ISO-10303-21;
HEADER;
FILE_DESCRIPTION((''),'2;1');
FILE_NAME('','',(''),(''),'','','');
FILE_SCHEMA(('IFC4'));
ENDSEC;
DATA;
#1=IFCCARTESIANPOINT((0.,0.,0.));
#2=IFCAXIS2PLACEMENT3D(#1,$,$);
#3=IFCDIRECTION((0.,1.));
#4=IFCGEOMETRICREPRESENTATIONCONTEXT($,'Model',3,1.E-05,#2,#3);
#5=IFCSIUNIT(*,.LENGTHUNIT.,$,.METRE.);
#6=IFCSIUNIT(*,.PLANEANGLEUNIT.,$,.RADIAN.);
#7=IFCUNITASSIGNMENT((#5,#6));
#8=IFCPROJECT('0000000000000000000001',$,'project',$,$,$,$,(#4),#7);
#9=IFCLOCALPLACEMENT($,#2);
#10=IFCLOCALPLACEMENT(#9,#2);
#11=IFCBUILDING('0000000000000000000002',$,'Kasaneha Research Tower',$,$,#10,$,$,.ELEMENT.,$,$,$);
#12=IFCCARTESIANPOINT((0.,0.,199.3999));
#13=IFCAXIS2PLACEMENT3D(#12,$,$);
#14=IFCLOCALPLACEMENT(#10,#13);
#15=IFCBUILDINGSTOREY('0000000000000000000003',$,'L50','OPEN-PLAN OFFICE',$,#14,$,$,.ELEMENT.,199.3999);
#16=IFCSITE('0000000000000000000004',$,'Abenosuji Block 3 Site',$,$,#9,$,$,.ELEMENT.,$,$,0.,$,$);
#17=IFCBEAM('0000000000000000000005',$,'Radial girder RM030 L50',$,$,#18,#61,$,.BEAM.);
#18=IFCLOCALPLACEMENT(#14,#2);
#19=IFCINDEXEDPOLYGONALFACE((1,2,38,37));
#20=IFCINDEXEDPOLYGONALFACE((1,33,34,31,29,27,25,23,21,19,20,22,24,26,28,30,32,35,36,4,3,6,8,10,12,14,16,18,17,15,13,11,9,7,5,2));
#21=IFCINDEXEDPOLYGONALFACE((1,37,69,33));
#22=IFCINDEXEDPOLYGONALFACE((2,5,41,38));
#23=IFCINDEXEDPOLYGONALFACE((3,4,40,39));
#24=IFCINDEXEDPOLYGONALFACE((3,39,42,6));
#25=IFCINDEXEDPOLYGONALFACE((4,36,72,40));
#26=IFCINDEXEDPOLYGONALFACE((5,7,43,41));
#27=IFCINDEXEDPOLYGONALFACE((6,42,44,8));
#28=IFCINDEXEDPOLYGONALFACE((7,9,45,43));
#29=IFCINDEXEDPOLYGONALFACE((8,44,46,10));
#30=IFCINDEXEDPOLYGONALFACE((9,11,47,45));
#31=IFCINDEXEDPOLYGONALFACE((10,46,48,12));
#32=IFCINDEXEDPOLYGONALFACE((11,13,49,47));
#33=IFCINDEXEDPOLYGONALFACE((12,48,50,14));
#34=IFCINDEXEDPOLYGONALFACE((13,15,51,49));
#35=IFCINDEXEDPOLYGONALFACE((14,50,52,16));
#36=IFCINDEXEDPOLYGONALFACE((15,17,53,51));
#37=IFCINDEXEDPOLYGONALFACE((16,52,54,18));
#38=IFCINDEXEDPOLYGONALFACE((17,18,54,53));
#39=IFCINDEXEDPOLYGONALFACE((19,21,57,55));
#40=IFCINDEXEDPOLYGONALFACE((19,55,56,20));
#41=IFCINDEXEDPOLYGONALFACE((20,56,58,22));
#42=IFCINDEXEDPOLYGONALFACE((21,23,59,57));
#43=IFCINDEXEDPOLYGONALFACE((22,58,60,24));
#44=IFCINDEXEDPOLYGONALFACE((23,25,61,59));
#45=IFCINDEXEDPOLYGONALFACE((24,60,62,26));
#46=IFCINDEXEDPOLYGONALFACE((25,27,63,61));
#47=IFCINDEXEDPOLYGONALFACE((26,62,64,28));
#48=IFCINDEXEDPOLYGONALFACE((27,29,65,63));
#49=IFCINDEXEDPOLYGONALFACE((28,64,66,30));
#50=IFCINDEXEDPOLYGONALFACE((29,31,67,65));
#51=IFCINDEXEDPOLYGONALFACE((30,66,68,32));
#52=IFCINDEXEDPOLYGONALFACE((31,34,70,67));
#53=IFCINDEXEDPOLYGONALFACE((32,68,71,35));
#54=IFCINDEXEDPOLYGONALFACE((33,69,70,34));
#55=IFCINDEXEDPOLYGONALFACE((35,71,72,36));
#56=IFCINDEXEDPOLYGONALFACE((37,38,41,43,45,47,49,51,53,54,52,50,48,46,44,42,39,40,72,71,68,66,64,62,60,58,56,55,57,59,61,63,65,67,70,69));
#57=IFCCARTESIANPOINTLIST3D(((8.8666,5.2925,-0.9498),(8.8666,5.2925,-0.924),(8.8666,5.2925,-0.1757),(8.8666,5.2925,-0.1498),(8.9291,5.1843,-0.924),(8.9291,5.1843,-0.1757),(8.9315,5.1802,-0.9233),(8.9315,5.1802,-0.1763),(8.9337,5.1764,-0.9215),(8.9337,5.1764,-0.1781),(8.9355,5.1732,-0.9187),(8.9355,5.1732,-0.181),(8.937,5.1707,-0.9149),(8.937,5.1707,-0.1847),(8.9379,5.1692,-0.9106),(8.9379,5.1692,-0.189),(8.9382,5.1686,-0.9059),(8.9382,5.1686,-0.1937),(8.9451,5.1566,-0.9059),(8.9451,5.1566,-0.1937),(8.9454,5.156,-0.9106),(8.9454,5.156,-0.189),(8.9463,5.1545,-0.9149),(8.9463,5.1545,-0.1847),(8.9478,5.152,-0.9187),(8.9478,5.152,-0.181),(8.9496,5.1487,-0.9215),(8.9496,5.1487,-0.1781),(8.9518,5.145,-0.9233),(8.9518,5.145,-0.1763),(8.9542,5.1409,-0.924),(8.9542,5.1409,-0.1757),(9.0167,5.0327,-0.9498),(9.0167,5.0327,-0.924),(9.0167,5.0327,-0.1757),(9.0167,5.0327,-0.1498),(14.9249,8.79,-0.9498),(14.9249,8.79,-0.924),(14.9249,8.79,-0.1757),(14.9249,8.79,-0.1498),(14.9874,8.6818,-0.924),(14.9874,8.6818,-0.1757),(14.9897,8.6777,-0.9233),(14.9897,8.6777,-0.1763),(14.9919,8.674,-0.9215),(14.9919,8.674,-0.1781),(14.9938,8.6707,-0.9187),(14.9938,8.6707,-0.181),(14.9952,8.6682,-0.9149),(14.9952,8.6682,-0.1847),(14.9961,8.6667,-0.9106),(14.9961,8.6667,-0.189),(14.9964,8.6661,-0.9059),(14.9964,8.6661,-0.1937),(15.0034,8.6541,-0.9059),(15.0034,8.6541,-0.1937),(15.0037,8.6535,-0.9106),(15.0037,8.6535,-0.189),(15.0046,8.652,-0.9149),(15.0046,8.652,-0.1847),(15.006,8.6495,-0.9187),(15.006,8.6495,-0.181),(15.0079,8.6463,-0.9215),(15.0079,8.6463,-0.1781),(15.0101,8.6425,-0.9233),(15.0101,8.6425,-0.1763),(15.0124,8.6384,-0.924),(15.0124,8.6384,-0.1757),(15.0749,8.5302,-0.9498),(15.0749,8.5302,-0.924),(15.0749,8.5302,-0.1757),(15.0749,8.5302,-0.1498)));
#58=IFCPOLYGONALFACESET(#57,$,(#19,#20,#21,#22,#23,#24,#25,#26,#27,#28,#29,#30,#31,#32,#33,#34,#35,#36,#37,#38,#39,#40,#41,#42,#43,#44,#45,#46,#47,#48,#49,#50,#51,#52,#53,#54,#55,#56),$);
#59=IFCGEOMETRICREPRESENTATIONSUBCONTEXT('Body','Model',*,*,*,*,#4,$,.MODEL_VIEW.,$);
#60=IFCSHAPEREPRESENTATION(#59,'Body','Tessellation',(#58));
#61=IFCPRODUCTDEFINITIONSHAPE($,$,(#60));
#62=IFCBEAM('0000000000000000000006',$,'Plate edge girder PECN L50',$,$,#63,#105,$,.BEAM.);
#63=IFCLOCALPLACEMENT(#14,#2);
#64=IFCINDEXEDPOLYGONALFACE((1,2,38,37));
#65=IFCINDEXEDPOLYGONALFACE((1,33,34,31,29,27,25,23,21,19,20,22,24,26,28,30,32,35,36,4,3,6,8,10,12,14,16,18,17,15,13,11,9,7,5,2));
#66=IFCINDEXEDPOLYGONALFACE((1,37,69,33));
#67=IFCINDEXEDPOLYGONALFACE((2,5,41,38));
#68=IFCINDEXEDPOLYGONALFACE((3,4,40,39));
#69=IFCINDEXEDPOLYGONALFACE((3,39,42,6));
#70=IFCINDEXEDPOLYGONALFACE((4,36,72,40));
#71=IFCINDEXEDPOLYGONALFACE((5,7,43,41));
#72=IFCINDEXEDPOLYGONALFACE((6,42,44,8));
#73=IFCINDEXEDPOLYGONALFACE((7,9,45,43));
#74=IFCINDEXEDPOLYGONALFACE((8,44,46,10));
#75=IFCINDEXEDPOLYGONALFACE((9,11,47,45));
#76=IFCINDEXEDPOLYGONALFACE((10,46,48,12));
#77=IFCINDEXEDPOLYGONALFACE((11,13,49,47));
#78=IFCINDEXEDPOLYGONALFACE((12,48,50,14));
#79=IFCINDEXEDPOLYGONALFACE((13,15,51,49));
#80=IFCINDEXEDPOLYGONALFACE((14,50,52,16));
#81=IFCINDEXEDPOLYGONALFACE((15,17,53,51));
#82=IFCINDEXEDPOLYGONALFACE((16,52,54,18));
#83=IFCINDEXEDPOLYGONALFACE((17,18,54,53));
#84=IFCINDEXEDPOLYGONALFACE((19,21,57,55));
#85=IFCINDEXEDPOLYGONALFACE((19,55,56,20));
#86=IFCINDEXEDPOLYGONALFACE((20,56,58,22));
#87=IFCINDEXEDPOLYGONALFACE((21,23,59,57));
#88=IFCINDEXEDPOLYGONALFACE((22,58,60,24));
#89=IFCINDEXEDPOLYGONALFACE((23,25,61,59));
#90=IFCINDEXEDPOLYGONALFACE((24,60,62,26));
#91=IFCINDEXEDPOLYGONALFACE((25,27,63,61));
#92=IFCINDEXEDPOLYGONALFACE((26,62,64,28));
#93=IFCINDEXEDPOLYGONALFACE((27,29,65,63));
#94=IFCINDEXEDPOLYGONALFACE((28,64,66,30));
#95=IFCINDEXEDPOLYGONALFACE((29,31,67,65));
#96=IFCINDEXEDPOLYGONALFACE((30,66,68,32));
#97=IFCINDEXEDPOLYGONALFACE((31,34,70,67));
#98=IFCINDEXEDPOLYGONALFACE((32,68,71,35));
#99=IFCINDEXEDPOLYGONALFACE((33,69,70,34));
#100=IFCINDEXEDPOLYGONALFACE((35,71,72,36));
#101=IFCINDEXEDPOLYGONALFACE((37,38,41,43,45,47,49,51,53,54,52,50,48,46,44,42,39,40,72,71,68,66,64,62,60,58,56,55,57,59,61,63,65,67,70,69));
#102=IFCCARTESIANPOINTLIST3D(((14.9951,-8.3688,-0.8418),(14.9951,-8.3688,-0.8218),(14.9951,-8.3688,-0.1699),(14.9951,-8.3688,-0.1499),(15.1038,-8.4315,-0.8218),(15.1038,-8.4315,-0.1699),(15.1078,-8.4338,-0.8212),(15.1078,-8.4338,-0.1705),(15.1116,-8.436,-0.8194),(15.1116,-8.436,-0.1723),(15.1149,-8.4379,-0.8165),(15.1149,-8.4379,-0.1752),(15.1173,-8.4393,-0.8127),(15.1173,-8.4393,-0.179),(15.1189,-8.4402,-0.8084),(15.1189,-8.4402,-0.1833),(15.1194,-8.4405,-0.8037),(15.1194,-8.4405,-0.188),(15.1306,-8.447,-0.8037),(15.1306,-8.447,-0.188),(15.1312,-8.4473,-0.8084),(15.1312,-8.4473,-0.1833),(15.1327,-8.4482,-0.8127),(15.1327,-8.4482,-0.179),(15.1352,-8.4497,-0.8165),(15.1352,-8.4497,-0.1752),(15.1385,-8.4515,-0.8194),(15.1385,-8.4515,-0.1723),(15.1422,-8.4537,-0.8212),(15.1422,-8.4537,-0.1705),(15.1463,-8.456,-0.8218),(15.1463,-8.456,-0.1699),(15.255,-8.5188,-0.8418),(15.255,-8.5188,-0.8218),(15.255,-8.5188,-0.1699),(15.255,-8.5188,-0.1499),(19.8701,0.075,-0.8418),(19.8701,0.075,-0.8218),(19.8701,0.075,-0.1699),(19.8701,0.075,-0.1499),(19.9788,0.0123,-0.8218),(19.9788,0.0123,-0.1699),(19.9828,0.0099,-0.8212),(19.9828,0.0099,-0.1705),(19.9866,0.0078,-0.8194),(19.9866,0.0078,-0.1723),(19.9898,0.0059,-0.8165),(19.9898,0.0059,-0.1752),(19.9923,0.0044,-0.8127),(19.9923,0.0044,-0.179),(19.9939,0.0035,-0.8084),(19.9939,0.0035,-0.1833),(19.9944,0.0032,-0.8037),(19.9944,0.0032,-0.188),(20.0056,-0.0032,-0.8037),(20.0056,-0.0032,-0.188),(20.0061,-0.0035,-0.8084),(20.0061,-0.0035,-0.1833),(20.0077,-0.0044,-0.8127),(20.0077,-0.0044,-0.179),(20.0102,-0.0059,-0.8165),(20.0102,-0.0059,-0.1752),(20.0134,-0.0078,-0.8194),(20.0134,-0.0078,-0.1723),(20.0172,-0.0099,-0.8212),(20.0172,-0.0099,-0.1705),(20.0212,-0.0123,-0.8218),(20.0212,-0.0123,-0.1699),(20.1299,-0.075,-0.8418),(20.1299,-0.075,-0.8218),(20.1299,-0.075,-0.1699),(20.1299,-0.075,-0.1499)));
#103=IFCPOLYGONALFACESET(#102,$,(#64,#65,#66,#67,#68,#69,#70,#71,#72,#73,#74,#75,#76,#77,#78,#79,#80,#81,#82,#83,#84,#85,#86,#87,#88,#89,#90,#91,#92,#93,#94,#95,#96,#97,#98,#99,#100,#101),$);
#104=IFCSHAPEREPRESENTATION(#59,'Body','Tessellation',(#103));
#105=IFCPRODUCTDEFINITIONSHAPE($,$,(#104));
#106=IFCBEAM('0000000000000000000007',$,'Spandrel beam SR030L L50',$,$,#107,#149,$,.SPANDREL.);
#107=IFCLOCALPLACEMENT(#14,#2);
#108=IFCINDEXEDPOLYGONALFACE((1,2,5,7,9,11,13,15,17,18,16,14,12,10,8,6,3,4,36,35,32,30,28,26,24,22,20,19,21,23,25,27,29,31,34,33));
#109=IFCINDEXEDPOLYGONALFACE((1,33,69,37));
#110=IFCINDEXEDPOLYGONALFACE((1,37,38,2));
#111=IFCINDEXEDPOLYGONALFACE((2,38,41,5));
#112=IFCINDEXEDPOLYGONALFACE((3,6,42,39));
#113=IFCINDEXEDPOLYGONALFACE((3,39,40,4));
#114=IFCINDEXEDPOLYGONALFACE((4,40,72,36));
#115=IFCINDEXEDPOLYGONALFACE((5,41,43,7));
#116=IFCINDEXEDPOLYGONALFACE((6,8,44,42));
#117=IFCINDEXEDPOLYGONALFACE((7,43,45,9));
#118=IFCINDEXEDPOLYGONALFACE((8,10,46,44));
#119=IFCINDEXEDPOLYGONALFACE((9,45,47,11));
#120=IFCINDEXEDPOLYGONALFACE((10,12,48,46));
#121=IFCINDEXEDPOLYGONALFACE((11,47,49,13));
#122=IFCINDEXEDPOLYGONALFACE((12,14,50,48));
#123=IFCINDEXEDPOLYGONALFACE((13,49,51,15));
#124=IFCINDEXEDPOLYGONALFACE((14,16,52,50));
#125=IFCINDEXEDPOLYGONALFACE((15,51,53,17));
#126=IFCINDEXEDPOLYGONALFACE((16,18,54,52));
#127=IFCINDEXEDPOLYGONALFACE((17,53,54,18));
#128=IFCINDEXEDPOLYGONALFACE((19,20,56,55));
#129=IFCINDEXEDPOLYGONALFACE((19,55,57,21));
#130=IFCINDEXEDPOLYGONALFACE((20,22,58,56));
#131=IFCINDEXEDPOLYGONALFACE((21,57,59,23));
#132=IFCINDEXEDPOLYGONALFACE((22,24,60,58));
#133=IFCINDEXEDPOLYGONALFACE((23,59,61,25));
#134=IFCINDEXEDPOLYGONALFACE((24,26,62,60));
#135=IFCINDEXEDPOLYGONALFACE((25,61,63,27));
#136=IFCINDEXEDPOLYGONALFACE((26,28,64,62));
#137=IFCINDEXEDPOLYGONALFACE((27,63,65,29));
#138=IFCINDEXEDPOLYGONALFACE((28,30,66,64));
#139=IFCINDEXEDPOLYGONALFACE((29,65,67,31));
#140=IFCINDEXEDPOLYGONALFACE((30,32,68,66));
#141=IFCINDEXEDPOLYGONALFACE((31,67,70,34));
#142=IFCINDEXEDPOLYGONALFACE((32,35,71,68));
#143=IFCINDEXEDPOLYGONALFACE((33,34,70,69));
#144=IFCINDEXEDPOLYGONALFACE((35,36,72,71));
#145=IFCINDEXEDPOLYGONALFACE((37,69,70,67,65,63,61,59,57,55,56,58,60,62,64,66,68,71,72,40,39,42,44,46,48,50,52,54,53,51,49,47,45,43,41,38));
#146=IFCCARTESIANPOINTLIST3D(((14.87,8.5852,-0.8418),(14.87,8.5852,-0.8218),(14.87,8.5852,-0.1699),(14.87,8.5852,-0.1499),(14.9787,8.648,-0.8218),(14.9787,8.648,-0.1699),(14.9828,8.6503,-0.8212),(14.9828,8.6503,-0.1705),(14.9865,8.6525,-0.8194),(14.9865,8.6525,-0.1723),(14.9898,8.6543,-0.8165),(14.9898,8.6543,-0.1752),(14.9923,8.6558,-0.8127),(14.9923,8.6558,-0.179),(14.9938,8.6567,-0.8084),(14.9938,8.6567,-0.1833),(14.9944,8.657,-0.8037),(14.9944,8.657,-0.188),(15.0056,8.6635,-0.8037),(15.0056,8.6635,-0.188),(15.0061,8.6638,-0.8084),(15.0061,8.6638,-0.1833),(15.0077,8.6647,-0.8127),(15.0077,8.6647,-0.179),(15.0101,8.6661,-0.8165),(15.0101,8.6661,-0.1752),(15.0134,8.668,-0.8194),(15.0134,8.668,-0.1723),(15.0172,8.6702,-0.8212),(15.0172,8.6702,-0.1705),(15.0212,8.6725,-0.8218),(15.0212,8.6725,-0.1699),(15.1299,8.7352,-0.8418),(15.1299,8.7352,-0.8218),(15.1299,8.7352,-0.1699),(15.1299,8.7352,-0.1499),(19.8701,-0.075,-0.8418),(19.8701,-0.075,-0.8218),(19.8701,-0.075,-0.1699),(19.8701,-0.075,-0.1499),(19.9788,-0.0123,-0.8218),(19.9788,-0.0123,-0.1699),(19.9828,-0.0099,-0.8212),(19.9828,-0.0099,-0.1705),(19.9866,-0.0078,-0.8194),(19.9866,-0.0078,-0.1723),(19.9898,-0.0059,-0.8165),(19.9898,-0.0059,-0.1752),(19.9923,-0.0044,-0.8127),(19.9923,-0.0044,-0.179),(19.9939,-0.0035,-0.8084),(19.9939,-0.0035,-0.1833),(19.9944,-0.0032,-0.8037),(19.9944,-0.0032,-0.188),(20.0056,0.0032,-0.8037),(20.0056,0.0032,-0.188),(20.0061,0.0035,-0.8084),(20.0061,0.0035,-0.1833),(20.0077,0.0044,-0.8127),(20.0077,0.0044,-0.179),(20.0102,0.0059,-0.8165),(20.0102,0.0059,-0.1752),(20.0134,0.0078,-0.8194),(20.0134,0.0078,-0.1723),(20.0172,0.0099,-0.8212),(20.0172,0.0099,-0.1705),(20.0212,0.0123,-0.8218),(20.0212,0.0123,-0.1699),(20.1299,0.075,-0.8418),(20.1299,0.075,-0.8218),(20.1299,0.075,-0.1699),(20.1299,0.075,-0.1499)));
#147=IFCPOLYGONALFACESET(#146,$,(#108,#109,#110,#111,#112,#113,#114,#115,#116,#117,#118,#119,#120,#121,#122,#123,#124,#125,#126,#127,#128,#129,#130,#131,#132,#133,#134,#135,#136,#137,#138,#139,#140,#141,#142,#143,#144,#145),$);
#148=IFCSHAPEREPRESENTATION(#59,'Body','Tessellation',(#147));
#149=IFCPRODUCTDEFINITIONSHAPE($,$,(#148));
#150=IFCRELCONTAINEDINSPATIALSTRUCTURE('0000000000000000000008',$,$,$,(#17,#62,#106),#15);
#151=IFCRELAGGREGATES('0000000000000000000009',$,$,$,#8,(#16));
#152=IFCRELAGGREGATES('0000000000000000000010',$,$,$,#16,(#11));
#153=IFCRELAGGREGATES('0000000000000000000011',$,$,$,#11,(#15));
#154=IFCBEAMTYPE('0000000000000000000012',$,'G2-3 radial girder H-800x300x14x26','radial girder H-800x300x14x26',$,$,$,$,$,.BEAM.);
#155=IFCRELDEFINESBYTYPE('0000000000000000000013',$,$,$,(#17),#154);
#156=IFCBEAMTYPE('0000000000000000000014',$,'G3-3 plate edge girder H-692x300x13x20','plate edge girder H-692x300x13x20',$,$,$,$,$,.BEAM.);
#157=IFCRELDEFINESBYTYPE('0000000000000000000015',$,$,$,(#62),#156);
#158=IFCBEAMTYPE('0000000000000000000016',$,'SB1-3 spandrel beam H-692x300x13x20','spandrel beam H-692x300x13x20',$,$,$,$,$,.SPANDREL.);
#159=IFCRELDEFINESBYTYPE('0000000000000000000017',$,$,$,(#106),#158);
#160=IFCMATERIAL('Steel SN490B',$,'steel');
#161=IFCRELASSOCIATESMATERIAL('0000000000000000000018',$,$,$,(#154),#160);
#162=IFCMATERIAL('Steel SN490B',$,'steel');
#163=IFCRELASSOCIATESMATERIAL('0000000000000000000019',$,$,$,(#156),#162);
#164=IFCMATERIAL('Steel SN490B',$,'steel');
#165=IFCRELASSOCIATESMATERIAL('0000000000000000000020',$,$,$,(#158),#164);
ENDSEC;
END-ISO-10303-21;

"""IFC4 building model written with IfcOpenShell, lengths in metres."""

from ifc_helpers import new_model, si_unit, direction, frame, origin, origin_2d, place, context, subcontext, project, spatial, i_section, extrude, material, material_profile, profile_set, type_object, element, save


model = new_model("IFC4")

# Units and contexts
model_context = context("Model", 3, precision=1e-05, world=origin(), true_north=direction((0.0, 1.0)))
body_context = subcontext(model_context, "Body", "Model", "MODEL_VIEW")
ifc_project = project(units=[si_unit("LENGTHUNIT", "METRE"), si_unit("PLANEANGLEUNIT", "RADIAN")], contexts=[model_context])

# Site, building, storey
site_placement = place(None, origin())
site = spatial("IfcSite", under=ifc_project, at=site_placement, Name="Abenosuji Block 3 Site", CompositionType="ELEMENT", RefElevation=0.0)
building_placement = place(site_placement, origin())
building = spatial("IfcBuilding", under=site, at=building_placement, Name="Kasaneha Research Tower", CompositionType="ELEMENT")
storey_placement = place(building_placement, frame((0.0, 0.0, 199.3999)))
storey = spatial("IfcBuildingStorey", under=building, at=storey_placement, Name="L50", Description="OPEN-PLAN OFFICE", CompositionType="ELEMENT", Elevation=199.3999)

# Beams
ifc_material_1 = material(Name="Steel SN490B", Category="steel")
ifc_material_profile_1 = material_profile(ifc_material_1, i_section(OverallWidth=0.3, OverallDepth=0.8, WebThickness=0.0139, FlangeThickness=0.0259, FilletRadius=0.0181, at=origin_2d()), Name="H-800x300x14x26")
ifc_profile_set_1 = profile_set([ifc_material_profile_1], Name="Steel SN490B")
beam_type_1 = type_object("IfcBeamType", Name="G2-3 radial girder H-800x300x14x26", Description="radial girder H-800x300x14x26", PredefinedType="BEAM", material=ifc_profile_set_1)
beam_1_placement = place(storey_placement, frame((8.9417, 5.1626, -0.5498), z_axis=(0.86604, 0.499975, 0.0), x_axis=(-0.499975, 0.86604, 0.0)))
element("IfcBeam", 1, at=beam_1_placement, inside=storey, type_object=beam_type_1, Name="Radial girder RM030 L50", PredefinedType="BEAM", context=body_context, shape_type="SweptSolid", body=[
    extrude(i_section(OverallWidth=0.3, OverallDepth=0.8, WebThickness=0.0139, FlangeThickness=0.0259, FilletRadius=0.0181, at=origin_2d()), origin(), (0.0, 0.0, 1.0), 6.9954),
])
ifc_material_2 = material(Name="Steel SN490B", Category="steel")
ifc_material_profile_2 = material_profile(ifc_material_2, i_section(OverallWidth=0.3, OverallDepth=0.6919, WebThickness=0.0129, FlangeThickness=0.02, FilletRadius=0.0181, at=origin_2d()), Name="H-692x300x13x20")
ifc_profile_set_2 = profile_set([ifc_material_profile_2], Name="Steel SN490B")
beam_type_2 = type_object("IfcBeamType", Name="G3-3 plate edge girder H-692x300x13x20", Description="plate edge girder H-692x300x13x20", PredefinedType="BEAM", material=ifc_profile_set_2)
beam_2_placement = place(storey_placement, frame((20.0, 0.0, -0.4958), z_axis=(-0.499996, -0.866028, 0.0), x_axis=(0.866028, -0.499996, 0.0)))
element("IfcBeam", 2, at=beam_2_placement, inside=storey, type_object=beam_type_2, Name="Plate edge girder PECN L50", PredefinedType="BEAM", context=body_context, shape_type="SweptSolid", body=[
    extrude(i_section(OverallWidth=0.3, OverallDepth=0.6919, WebThickness=0.0129, FlangeThickness=0.02, FilletRadius=0.0181, at=origin_2d()), origin(), (0.0, 0.0, 1.0), 9.75),
])
ifc_material_3 = material(Name="Steel SN490B", Category="steel")
ifc_material_profile_3 = material_profile(ifc_material_3, i_section(OverallWidth=0.3, OverallDepth=0.6919, WebThickness=0.0129, FlangeThickness=0.02, FilletRadius=0.0181, at=origin_2d()), Name="H-692x300x13x20")
ifc_profile_set_3 = profile_set([ifc_material_profile_3], Name="Steel SN490B")
beam_type_3 = type_object("IfcBeamType", Name="SB1-3 spandrel beam H-692x300x13x20", Description="spandrel beam H-692x300x13x20", PredefinedType="SPANDREL", material=ifc_profile_set_3)
beam_3_placement = place(storey_placement, frame((20.0, 0.0, -0.4958), z_axis=(-0.500004, 0.866023, 0.0), x_axis=(-0.866023, -0.500004, 0.0)))
element("IfcBeam", 3, at=beam_3_placement, inside=storey, type_object=beam_type_3, Name="Spandrel beam SR030L L50", PredefinedType="SPANDREL", context=body_context, shape_type="SweptSolid", body=[
    extrude(i_section(OverallWidth=0.3, OverallDepth=0.6919, WebThickness=0.0129, FlangeThickness=0.02, FilletRadius=0.0181, at=origin_2d()), origin(), (0.0, 0.0, 1.0), 10.0),
])

save(model, "model.ifc")
